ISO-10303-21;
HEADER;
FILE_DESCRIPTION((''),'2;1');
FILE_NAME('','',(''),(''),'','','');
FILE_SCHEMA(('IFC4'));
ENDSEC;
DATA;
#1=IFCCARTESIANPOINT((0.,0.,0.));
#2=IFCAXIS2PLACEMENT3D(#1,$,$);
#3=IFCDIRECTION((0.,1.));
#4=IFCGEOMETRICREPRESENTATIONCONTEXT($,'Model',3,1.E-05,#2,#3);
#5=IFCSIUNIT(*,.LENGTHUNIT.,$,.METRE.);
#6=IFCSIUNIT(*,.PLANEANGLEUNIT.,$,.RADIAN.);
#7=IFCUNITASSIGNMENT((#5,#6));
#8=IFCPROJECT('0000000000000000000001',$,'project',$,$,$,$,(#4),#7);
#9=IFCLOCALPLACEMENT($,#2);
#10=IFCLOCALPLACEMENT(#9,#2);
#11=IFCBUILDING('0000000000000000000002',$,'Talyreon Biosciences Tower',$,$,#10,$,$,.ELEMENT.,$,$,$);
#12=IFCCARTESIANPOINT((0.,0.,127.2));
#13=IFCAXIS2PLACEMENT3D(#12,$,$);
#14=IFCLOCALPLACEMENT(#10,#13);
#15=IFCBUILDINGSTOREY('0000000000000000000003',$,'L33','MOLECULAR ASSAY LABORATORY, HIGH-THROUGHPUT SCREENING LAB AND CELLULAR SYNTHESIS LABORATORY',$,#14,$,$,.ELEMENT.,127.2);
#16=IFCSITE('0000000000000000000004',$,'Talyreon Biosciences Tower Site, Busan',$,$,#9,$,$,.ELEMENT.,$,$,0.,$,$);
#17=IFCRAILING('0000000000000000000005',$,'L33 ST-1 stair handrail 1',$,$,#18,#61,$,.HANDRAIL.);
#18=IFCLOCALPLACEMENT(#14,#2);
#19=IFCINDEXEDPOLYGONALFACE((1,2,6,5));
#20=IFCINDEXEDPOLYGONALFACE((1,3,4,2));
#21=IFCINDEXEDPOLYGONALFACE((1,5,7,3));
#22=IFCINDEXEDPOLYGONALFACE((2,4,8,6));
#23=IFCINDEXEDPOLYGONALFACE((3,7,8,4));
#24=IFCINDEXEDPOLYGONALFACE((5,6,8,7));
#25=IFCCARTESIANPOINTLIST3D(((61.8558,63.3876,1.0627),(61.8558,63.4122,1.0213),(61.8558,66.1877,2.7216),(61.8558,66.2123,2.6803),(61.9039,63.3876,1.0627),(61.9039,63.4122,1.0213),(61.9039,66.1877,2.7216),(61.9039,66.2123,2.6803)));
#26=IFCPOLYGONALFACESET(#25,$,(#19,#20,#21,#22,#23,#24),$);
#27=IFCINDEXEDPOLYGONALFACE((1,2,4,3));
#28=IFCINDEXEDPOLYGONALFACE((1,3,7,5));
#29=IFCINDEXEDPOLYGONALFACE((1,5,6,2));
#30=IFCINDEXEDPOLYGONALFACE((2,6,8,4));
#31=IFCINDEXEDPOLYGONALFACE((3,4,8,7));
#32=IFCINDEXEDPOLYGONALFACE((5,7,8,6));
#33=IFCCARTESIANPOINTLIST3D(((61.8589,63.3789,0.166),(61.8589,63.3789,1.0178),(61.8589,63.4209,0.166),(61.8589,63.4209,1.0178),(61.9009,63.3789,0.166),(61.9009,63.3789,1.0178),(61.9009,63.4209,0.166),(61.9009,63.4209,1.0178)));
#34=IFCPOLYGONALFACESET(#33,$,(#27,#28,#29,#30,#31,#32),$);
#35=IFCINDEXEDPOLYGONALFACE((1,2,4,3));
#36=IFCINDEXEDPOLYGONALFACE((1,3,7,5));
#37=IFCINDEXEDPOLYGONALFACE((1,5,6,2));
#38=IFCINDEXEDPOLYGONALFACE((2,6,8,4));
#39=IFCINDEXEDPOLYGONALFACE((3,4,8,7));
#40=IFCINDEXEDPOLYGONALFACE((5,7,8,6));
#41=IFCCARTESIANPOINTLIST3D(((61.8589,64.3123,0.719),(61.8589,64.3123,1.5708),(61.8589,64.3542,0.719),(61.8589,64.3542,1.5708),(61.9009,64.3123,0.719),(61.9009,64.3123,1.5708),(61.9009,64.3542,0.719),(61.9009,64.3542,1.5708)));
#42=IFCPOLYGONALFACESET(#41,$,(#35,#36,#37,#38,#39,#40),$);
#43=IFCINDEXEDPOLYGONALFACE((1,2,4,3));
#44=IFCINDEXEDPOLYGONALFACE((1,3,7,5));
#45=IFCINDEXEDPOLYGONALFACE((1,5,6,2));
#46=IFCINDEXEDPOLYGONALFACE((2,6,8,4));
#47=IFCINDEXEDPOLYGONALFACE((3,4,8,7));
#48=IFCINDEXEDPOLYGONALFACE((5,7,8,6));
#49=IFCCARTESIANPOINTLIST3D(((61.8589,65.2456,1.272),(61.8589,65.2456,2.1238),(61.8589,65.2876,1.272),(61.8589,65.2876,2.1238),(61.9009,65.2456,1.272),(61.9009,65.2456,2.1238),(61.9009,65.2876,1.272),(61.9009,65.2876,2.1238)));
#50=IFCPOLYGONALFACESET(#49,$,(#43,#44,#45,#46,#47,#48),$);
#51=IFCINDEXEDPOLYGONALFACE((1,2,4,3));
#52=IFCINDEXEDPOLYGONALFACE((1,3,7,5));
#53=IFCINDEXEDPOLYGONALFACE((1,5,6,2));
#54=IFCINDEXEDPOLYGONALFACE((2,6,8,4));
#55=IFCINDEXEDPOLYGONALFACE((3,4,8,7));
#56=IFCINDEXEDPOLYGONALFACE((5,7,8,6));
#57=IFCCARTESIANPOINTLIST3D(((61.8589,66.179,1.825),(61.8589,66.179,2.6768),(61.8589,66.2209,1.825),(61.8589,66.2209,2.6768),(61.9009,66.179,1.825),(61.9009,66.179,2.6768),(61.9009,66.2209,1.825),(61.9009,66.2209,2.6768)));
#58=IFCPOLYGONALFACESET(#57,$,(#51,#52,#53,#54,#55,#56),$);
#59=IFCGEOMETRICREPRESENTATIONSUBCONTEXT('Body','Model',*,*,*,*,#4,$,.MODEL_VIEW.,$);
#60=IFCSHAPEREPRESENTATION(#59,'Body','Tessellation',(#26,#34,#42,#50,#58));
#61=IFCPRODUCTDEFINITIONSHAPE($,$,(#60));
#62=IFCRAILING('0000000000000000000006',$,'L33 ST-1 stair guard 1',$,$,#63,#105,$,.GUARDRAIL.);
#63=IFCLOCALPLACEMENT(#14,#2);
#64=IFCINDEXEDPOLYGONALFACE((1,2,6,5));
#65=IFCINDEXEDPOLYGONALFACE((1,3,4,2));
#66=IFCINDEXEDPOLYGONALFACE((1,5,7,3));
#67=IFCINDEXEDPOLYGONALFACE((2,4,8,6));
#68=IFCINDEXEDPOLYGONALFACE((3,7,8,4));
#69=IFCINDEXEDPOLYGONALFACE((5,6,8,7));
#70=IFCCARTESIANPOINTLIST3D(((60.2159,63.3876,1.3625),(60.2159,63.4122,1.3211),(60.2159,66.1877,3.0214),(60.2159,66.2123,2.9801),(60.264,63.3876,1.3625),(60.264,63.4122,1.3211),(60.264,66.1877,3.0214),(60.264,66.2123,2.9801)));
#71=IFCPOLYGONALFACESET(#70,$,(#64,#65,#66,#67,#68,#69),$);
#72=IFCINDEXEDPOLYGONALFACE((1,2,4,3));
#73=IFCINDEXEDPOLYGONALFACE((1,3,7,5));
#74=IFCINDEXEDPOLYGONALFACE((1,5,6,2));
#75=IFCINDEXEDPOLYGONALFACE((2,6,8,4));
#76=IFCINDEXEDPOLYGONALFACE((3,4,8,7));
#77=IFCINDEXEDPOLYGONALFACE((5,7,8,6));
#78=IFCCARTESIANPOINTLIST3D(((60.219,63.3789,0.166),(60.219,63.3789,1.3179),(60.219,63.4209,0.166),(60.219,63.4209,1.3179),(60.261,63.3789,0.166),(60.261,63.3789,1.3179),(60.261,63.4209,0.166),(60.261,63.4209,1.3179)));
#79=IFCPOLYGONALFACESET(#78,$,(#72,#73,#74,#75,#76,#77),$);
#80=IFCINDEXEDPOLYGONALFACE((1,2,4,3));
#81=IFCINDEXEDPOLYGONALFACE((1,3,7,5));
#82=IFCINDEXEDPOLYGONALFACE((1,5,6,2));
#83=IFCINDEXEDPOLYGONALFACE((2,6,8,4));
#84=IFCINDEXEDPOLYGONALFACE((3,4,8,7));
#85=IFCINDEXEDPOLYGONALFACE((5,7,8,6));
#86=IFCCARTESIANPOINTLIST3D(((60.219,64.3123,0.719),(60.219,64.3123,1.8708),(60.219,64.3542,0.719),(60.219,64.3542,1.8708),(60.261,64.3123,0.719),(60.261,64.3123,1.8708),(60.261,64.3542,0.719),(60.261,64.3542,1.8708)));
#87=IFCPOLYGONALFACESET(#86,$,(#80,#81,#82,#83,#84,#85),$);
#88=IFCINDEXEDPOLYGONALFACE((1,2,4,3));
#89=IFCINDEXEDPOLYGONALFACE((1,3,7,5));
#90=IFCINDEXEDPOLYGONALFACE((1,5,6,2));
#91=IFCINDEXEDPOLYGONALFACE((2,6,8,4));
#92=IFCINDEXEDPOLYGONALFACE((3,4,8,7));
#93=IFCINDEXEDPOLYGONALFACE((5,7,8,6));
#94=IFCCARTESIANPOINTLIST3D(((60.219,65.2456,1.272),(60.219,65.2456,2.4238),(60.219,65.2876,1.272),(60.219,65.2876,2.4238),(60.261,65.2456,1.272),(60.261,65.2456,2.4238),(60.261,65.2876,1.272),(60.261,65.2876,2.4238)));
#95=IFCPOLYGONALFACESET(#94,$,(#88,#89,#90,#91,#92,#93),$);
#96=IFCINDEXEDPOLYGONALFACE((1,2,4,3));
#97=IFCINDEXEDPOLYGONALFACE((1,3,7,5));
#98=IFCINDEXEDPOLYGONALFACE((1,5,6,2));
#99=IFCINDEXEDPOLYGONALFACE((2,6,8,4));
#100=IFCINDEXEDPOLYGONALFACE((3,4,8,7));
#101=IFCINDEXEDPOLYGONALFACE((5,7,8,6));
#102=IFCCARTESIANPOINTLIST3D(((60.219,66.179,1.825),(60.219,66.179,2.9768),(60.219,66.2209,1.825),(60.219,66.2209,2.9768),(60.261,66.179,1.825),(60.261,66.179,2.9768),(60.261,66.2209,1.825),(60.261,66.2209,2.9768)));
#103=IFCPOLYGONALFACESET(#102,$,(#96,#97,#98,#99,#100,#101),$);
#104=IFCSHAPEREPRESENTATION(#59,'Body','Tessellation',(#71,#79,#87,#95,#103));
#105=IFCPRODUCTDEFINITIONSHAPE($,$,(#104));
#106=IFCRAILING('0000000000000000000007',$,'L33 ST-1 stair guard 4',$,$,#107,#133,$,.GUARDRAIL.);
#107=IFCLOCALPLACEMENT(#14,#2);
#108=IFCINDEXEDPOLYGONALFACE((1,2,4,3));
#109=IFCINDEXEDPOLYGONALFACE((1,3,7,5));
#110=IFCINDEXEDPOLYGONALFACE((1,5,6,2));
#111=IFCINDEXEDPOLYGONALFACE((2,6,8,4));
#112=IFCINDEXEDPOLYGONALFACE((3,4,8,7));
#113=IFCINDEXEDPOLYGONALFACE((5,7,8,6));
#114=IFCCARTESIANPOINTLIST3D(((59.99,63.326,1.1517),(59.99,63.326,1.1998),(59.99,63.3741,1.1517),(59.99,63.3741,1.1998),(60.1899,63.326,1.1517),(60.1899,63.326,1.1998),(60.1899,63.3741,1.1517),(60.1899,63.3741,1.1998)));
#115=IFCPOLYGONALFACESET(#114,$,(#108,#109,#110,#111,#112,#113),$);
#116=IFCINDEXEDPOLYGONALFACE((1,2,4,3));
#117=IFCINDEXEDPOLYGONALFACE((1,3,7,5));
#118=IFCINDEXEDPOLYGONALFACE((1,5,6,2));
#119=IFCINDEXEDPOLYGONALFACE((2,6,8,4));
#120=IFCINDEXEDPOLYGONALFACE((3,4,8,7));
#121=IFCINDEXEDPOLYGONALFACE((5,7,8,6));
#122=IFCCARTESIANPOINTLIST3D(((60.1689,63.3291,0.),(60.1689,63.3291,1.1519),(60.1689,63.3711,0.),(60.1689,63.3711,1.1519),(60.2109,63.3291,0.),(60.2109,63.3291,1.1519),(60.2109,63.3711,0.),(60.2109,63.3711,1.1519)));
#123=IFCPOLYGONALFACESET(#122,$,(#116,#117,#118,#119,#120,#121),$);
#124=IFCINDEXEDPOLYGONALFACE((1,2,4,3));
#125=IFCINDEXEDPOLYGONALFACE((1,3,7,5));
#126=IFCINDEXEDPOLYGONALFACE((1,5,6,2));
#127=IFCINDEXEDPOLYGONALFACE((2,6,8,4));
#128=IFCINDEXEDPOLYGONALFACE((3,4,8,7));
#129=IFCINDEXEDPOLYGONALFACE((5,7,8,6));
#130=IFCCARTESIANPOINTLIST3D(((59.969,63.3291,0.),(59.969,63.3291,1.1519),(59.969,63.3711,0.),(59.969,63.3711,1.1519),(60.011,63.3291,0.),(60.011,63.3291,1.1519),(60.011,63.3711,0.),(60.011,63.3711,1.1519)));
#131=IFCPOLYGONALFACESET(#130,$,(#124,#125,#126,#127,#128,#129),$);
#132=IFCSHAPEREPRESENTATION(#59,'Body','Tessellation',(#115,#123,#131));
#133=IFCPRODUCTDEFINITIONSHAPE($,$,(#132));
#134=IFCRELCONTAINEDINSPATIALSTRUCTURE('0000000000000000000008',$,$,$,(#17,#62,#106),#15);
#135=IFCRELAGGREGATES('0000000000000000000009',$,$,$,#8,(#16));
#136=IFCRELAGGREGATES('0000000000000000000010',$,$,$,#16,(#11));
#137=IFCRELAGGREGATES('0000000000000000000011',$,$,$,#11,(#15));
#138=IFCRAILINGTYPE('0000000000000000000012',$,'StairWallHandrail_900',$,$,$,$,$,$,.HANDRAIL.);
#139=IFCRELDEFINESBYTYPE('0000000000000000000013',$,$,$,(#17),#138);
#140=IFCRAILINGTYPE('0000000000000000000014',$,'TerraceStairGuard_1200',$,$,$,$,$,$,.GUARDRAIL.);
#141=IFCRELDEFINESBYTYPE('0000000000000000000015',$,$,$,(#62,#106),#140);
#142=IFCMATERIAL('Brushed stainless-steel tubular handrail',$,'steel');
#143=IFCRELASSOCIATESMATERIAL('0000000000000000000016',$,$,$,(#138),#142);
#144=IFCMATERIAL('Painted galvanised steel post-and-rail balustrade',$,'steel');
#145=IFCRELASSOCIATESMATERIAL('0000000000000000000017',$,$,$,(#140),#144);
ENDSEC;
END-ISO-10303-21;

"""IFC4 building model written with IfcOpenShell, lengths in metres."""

from ifc_helpers import new_model, si_unit, direction, frame, origin, origin_2d, place, context, subcontext, project, spatial, rectangle, extrude, material, type_object, element, save


model = new_model("IFC4")

# Units and contexts
model_context = context("Model", 3, precision=1e-05, world=origin(), true_north=direction((0.0, 1.0)))
body_context = subcontext(model_context, "Body", "Model", "MODEL_VIEW")
ifc_project = project(units=[si_unit("LENGTHUNIT", "METRE"), si_unit("PLANEANGLEUNIT", "RADIAN")], contexts=[model_context])

# Site, building, storey
site_placement = place(None, origin())
site = spatial("IfcSite", under=ifc_project, at=site_placement, Name="Talyreon Biosciences Tower Site, Busan", CompositionType="ELEMENT", RefElevation=0.0)
building_placement = place(site_placement, origin())
building = spatial("IfcBuilding", under=site, at=building_placement, Name="Talyreon Biosciences Tower", CompositionType="ELEMENT")
storey_placement = place(building_placement, frame((0.0, 0.0, 127.2)))
storey = spatial("IfcBuildingStorey", under=building, at=storey_placement, Name="L33", Description="MOLECULAR ASSAY LABORATORY, HIGH-THROUGHPUT SCREENING LAB AND CELLULAR SYNTHESIS LABORATORY", CompositionType="ELEMENT", Elevation=127.2)

# Railings
ifc_material_1 = material(Name="Brushed stainless-steel tubular handrail", Category="steel")
railing_type_1 = type_object("IfcRailingType", Name="StairWallHandrail_900", PredefinedType="HANDRAIL", material=ifc_material_1)
railing_1_placement = place(storey_placement, frame((61.8799, 63.3999, 0.166)))
element("IfcRailing", 1, at=railing_1_placement, inside=storey, type_object=railing_type_1, Name="L33 ST-1 stair handrail 1", PredefinedType="HANDRAIL", context=body_context, shape_type="SweptSolid", body=[
    extrude(rectangle(XDim=0.0481, YDim=0.0481, at=origin_2d()), frame((0.0, 0.0, 0.876), z_axis=(0.0, 0.860339, 0.509722), x_axis=(-1.0, 0.0, 0.0)), (0.0, 0.0, 1.0), 3.2546),
    extrude(rectangle(XDim=0.042, YDim=0.042, at=origin_2d()), origin(), (0.0, 0.0, 1.0), 0.8518),
    extrude(rectangle(XDim=0.042, YDim=0.042, at=origin_2d()), frame((0.0, 0.9333, 0.553)), (0.0, 0.0, 1.0), 0.8518),
    extrude(rectangle(XDim=0.042, YDim=0.042, at=origin_2d()), frame((0.0, 1.8667, 1.106)), (0.0, 0.0, 1.0), 0.8518),
    extrude(rectangle(XDim=0.042, YDim=0.042, at=origin_2d()), frame((0.0, 2.8, 1.6589)), (0.0, 0.0, 1.0), 0.8518),
])
ifc_material_2 = material(Name="Painted galvanised steel post-and-rail balustrade", Category="steel")
railing_type_2 = type_object("IfcRailingType", Name="TerraceStairGuard_1200", PredefinedType="GUARDRAIL", material=ifc_material_2)
railing_2_placement = place(storey_placement, frame((60.24, 63.3999, 0.166)))
element("IfcRailing", 2, at=railing_2_placement, inside=storey, type_object=railing_type_2, Name="L33 ST-1 stair guard 1", PredefinedType="GUARDRAIL", context=body_context, shape_type="SweptSolid", body=[
    extrude(rectangle(XDim=0.0481, YDim=0.0481, at=origin_2d()), frame((0.0, 0.0, 1.1758), z_axis=(0.0, 0.860339, 0.509722), x_axis=(-1.0, 0.0, 0.0)), (0.0, 0.0, 1.0), 3.2546),
    extrude(rectangle(XDim=0.042, YDim=0.042, at=origin_2d()), origin(), (0.0, 0.0, 1.0), 1.1519),
    extrude(rectangle(XDim=0.042, YDim=0.042, at=origin_2d()), frame((0.0, 0.9333, 0.553)), (0.0, 0.0, 1.0), 1.1519),
    extrude(rectangle(XDim=0.042, YDim=0.042, at=origin_2d()), frame((0.0, 1.8667, 1.106)), (0.0, 0.0, 1.0), 1.1519),
    extrude(rectangle(XDim=0.042, YDim=0.042, at=origin_2d()), frame((0.0, 2.8, 1.6589)), (0.0, 0.0, 1.0), 1.1519),
])
railing_3_placement = place(storey_placement, frame((60.1899, 63.3501, 0.0)))
element("IfcRailing", 3, at=railing_3_placement, inside=storey, type_object=railing_type_2, Name="L33 ST-1 stair guard 4", PredefinedType="GUARDRAIL", context=body_context, shape_type="SweptSolid", body=[
    extrude(rectangle(XDim=0.0481, YDim=0.0481, at=origin_2d()), frame((0.0, 0.0, 1.1758), z_axis=(-1.0, 0.0, 0.0), x_axis=(0.0, -1.0, 0.0)), (0.0, 0.0, 1.0), 0.2),
    extrude(rectangle(XDim=0.042, YDim=0.042, at=origin_2d()), origin(), (0.0, 0.0, 1.0), 1.1519),
    extrude(rectangle(XDim=0.042, YDim=0.042, at=origin_2d()), frame((-0.2, 0.0, 0.0)), (0.0, 0.0, 1.0), 1.1519),
])

save(model, "model.ifc")
